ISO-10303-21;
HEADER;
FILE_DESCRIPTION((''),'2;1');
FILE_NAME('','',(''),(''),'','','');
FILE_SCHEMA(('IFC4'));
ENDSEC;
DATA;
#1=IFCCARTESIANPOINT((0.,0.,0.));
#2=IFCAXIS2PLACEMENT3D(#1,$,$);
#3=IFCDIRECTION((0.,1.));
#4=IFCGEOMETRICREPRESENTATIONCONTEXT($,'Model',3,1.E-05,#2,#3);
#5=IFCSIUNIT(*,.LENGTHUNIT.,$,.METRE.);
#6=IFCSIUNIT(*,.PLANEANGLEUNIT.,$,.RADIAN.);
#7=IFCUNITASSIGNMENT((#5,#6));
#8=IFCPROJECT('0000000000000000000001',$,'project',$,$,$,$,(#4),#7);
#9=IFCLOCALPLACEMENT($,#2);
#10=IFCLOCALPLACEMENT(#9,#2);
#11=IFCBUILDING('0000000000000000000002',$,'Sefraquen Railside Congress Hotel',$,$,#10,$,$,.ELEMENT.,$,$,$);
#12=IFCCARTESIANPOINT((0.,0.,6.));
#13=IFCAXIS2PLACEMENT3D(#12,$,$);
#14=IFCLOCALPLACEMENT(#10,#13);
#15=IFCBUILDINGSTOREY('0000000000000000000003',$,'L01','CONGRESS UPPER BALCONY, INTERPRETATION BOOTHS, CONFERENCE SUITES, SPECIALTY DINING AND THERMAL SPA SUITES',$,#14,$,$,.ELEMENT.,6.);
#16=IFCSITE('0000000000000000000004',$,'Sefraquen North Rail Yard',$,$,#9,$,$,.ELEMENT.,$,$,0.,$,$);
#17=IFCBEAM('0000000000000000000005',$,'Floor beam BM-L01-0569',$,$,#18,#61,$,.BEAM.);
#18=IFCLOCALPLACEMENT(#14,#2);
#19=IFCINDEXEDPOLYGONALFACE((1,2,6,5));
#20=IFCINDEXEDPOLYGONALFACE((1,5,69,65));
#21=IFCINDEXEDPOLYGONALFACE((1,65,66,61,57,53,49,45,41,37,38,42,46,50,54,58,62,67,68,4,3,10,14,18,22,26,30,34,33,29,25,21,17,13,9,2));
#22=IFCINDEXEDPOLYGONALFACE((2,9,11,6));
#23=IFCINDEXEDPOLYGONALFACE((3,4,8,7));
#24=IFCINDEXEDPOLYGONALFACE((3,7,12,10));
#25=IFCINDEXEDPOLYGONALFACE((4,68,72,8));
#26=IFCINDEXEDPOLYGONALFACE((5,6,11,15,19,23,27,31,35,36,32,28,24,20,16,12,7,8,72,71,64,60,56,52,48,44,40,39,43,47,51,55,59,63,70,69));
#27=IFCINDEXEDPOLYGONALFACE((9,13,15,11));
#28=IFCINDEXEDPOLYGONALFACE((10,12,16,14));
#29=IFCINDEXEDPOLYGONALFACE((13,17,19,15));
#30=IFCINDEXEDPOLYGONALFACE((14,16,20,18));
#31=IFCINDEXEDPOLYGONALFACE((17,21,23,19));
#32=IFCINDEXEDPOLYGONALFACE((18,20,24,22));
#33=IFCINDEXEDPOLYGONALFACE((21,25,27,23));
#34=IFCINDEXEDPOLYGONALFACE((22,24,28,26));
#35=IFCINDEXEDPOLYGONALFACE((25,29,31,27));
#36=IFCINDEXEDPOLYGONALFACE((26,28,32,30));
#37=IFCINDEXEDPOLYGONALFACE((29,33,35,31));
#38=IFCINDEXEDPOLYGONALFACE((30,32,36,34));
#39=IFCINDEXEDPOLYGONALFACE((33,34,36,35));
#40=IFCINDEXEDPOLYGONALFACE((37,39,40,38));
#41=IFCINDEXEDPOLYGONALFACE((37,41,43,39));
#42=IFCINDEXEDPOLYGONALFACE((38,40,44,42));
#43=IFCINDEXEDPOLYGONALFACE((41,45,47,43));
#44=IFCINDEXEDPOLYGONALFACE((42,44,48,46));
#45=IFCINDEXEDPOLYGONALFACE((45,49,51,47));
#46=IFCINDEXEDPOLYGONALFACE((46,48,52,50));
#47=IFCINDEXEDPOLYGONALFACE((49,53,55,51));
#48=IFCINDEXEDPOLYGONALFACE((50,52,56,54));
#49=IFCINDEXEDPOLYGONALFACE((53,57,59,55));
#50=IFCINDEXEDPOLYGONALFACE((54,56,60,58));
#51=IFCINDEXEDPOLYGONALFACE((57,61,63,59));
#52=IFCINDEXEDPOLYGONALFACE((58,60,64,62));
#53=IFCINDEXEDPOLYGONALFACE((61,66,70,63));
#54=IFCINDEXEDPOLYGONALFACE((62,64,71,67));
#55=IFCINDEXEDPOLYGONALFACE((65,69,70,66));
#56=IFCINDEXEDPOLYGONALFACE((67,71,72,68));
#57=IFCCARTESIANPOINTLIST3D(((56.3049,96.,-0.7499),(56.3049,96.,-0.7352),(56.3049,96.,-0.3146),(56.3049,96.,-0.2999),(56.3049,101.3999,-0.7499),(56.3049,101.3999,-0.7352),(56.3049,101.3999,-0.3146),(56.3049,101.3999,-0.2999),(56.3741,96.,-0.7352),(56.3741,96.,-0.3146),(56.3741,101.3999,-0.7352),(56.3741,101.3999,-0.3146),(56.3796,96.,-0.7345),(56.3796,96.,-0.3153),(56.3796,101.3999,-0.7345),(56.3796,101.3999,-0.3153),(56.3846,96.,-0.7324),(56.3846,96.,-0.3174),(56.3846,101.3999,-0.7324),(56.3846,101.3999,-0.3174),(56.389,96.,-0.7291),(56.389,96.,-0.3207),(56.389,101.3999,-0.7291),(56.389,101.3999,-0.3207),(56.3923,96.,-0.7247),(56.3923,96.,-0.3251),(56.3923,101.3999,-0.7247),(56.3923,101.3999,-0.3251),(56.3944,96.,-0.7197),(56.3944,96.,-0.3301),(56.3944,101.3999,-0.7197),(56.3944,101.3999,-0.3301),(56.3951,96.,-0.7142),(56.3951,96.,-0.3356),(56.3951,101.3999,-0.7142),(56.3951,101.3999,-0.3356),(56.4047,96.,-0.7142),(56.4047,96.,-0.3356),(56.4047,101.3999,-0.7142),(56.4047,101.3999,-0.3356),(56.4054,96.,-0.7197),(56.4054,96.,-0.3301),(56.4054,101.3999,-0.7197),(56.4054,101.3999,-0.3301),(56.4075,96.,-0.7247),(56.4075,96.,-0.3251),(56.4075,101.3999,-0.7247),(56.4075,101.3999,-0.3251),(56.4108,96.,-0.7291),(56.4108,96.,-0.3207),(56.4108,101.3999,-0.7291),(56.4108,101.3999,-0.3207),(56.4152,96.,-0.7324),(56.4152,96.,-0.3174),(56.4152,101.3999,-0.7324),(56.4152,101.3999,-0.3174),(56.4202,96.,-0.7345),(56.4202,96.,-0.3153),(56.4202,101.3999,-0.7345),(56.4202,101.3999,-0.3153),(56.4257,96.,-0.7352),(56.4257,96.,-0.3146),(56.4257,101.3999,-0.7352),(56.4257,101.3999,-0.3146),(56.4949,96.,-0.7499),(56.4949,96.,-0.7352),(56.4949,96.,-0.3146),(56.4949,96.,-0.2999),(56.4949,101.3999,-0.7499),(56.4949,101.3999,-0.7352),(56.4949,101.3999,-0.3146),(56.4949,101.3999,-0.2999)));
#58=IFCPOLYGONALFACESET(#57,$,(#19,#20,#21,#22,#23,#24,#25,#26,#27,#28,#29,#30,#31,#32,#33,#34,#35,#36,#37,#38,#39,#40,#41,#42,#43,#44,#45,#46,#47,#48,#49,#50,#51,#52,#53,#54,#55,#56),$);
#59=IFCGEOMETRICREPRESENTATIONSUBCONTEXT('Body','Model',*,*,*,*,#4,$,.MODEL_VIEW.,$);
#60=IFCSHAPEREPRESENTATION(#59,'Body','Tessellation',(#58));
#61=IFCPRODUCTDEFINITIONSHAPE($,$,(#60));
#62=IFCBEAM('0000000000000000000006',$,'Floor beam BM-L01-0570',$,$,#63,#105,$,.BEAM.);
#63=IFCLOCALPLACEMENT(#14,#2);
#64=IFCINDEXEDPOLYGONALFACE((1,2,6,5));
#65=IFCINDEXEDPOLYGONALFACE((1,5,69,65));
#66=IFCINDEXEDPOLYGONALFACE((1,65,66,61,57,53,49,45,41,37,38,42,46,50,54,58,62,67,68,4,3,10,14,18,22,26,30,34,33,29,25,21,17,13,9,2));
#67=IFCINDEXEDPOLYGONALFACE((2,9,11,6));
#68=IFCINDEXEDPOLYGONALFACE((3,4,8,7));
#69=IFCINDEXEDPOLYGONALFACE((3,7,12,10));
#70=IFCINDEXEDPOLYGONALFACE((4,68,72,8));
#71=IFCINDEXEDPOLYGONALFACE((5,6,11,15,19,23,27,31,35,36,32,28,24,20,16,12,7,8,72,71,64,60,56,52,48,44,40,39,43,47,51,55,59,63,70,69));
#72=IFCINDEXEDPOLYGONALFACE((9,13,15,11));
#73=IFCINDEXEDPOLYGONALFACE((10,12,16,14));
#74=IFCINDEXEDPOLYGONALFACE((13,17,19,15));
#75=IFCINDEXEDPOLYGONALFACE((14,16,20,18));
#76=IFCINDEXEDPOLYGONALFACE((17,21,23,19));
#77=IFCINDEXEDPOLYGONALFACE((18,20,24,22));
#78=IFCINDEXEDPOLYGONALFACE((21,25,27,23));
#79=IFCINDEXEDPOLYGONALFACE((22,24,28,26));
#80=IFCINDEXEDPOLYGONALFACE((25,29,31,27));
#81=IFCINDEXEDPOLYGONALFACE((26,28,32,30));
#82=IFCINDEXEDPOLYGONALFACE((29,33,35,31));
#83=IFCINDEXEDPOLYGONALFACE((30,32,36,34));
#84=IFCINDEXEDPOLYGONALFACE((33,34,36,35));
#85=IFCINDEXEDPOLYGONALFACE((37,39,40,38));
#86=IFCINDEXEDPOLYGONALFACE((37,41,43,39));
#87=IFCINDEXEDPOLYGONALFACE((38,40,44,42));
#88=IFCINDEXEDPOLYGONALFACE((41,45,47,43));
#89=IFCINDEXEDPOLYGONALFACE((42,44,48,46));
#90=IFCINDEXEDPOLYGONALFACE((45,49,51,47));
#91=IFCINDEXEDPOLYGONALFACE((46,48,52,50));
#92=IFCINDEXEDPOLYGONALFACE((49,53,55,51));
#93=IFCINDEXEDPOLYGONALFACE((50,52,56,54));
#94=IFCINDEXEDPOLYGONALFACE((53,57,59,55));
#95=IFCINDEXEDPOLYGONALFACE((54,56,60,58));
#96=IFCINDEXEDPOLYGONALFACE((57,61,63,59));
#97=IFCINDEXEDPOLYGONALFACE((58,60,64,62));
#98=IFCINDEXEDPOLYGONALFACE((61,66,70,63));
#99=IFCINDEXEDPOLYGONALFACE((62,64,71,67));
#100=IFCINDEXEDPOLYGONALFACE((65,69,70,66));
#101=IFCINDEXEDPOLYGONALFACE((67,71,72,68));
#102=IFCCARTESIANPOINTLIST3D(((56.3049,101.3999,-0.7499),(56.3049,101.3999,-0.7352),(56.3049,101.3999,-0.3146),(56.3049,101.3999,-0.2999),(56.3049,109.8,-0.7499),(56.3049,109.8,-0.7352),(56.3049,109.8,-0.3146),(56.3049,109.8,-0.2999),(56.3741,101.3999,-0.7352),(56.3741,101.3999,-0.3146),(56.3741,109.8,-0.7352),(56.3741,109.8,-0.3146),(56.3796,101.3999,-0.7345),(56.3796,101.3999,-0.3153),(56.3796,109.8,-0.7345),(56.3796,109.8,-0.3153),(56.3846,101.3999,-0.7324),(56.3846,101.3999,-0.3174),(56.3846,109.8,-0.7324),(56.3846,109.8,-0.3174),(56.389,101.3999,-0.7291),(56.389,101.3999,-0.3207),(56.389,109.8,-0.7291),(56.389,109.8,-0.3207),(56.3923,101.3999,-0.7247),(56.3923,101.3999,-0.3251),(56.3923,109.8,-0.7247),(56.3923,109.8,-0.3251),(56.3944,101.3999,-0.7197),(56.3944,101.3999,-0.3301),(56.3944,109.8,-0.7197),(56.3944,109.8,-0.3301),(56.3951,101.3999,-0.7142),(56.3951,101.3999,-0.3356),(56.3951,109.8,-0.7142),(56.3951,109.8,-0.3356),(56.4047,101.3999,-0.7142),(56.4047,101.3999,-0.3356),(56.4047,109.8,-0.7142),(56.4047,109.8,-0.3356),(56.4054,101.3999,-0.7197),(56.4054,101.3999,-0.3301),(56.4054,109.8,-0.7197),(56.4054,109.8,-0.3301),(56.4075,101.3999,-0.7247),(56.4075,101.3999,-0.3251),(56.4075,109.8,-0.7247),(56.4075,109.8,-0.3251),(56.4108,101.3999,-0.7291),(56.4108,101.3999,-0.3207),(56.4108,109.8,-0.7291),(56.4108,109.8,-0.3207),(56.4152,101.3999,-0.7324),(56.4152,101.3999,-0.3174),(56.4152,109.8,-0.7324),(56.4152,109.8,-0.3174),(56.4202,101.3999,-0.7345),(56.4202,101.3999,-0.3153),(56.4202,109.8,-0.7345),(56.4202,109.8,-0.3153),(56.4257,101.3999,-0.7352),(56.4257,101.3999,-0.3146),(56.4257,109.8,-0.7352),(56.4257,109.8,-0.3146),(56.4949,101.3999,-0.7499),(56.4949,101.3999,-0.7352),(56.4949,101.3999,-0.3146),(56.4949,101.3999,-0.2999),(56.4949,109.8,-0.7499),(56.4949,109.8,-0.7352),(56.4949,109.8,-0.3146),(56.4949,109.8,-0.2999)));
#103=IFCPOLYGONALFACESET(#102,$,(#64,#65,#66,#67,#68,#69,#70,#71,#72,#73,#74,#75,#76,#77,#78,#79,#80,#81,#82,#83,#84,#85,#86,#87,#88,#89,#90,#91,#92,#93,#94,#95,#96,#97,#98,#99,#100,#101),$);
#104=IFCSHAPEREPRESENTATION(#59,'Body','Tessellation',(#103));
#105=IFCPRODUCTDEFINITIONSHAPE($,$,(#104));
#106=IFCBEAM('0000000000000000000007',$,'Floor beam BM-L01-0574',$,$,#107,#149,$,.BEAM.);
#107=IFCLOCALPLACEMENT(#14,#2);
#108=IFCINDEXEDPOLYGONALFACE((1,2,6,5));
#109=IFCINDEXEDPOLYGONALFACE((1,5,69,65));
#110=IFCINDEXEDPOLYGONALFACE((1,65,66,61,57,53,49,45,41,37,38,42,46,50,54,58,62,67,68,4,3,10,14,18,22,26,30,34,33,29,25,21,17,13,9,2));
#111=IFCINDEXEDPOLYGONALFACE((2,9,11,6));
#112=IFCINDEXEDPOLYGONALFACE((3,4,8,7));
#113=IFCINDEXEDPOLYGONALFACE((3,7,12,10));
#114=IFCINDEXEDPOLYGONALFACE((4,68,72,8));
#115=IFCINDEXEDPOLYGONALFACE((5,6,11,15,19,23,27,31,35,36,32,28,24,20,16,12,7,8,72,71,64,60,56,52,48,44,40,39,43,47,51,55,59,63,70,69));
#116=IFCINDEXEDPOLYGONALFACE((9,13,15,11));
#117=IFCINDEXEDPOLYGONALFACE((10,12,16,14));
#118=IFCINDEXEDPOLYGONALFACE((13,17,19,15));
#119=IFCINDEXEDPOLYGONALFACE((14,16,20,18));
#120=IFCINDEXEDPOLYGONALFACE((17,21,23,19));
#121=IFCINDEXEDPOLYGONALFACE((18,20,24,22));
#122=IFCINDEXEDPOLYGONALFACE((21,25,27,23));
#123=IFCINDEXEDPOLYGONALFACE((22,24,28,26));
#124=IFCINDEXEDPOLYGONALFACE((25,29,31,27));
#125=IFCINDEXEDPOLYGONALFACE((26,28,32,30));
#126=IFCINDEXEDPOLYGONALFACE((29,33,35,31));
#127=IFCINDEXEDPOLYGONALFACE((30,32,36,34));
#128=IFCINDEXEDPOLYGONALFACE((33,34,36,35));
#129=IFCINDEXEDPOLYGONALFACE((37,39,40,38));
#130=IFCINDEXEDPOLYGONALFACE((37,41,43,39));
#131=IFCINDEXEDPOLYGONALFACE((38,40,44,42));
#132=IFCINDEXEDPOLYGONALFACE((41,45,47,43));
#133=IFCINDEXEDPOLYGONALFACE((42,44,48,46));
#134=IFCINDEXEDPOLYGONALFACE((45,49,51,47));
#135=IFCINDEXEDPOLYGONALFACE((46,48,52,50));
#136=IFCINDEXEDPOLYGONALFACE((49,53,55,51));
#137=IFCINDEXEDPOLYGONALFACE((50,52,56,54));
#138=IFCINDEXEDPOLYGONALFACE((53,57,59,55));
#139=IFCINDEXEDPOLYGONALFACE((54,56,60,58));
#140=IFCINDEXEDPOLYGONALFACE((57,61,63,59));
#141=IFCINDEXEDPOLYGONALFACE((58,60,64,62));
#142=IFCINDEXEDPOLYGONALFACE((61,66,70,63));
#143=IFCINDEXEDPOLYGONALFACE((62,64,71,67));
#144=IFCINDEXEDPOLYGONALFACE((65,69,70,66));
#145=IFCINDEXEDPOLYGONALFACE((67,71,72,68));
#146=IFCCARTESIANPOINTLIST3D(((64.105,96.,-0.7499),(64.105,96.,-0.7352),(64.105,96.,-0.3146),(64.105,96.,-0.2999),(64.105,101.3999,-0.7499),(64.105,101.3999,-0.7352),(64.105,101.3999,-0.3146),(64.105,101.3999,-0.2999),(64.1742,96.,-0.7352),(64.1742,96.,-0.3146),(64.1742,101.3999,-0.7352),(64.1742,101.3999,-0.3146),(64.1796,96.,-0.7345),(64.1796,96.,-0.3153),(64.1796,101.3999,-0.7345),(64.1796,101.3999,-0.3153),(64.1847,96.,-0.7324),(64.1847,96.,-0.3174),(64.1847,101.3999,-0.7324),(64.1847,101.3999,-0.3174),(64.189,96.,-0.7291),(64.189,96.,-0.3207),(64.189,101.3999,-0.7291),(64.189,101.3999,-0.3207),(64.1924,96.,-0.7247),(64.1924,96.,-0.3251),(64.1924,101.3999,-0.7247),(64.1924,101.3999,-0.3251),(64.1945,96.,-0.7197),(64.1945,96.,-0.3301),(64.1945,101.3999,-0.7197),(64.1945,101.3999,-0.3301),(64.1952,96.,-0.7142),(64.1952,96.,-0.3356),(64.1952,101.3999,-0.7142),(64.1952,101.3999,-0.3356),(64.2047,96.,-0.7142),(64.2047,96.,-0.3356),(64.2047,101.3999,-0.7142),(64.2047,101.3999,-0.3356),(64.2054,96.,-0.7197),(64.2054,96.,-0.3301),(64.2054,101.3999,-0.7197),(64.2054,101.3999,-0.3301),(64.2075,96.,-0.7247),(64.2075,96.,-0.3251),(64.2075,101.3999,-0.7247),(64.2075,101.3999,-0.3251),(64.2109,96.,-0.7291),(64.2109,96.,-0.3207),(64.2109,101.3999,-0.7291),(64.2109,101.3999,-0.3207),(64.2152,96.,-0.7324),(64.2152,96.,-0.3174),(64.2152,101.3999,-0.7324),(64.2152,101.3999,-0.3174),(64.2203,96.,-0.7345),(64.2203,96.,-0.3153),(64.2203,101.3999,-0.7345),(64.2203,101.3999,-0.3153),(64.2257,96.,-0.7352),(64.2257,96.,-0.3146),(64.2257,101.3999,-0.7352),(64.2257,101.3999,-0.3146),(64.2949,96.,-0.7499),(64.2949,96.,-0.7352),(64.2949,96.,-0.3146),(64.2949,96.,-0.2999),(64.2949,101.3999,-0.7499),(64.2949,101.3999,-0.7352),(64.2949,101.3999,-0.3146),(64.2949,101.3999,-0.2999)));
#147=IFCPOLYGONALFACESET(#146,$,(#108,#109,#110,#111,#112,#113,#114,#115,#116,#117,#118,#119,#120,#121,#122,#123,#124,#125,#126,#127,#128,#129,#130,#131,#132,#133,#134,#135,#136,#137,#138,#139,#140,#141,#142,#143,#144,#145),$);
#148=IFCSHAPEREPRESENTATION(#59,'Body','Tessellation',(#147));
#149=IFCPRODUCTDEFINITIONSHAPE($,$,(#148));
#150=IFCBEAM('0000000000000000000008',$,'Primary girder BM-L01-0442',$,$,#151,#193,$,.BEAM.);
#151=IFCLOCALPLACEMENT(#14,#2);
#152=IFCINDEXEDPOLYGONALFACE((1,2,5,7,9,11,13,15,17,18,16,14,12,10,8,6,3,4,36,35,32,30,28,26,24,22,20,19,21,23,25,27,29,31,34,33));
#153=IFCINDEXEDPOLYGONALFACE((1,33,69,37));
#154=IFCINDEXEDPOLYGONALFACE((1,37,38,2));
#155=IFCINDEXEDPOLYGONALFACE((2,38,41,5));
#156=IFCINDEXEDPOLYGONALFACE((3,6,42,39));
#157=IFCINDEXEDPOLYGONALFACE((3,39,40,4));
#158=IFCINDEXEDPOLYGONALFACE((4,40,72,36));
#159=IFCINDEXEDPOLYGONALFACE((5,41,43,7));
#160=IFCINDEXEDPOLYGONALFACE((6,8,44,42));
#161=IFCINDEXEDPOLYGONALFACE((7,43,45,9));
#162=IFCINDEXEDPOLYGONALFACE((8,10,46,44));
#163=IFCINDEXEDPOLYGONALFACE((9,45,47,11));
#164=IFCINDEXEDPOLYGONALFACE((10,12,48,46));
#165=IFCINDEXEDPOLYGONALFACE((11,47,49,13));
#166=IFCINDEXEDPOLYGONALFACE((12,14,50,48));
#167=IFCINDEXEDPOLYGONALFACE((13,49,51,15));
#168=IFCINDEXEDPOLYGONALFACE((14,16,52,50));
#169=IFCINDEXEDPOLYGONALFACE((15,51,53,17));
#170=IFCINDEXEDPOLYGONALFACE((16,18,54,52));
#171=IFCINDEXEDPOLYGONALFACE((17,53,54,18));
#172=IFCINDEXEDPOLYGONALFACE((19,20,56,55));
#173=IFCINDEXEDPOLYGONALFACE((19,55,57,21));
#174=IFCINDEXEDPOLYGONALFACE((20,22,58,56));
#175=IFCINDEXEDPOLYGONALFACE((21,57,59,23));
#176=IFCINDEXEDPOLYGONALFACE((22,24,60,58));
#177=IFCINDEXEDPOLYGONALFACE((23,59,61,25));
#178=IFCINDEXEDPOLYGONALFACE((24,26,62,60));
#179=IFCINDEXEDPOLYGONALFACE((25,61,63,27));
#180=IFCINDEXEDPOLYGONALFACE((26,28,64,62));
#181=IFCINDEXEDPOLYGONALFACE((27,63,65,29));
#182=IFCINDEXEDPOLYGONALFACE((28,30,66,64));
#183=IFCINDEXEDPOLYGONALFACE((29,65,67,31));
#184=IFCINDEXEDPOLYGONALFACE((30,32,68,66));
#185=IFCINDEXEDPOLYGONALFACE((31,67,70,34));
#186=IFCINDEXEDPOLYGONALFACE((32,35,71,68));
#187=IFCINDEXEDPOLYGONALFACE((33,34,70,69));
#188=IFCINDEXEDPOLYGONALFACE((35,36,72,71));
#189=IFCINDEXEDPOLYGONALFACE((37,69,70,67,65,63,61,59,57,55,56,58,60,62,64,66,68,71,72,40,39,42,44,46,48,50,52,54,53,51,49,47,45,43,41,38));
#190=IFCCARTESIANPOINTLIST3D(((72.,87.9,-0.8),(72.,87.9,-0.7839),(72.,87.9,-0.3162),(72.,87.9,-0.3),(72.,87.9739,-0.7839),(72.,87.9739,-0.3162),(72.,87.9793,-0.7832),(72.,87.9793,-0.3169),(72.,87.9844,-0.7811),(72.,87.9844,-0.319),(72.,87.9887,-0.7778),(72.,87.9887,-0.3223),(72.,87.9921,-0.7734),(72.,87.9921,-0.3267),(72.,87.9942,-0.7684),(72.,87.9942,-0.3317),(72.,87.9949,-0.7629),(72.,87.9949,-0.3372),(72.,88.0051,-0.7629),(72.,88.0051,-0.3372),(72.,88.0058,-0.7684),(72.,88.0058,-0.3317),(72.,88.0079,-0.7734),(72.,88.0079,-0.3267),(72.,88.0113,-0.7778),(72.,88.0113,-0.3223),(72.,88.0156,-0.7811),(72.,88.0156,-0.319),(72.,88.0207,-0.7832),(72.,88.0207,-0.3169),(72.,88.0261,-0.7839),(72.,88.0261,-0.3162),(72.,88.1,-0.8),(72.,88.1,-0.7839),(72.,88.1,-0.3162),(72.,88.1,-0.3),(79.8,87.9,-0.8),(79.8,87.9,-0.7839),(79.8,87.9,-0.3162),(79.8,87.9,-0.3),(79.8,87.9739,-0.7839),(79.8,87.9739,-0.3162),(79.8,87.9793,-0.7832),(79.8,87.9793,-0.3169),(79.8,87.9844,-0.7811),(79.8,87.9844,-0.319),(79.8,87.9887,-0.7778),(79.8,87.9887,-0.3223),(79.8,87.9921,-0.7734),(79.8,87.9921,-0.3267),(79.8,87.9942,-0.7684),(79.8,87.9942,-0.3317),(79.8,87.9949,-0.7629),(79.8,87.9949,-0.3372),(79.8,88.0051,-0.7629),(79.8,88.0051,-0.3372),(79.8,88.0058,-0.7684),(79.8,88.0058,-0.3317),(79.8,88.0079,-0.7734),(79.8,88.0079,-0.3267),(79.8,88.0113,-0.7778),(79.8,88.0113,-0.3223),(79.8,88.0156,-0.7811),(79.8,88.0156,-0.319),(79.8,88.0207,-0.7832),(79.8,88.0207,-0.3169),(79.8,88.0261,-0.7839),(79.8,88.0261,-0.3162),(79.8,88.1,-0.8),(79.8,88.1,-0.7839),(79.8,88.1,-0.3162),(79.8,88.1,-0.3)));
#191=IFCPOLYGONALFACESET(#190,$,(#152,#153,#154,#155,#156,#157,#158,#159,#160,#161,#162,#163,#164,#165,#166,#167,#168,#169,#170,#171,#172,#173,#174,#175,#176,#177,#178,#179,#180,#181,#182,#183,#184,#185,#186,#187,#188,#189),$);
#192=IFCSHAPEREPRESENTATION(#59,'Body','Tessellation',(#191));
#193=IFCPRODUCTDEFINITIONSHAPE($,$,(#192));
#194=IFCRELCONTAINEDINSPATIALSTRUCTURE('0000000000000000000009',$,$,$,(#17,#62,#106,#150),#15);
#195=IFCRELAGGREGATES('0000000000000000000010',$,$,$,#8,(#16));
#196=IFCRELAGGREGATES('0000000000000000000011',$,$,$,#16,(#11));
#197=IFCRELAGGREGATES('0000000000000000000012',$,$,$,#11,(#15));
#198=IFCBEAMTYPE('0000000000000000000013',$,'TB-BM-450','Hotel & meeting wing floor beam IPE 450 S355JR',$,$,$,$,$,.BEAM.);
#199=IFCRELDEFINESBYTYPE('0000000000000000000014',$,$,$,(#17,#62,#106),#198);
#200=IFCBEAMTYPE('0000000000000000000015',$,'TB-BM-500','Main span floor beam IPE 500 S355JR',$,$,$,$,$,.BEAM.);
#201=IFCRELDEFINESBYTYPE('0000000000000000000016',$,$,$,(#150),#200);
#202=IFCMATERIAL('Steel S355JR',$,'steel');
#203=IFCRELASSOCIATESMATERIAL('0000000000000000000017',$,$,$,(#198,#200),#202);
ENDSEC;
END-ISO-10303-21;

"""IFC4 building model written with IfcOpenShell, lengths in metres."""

from ifc_helpers import new_model, si_unit, direction, frame, origin, origin_2d, place, context, subcontext, project, spatial, i_section, extrude, material, material_profile, profile_set, type_object, element, save


model = new_model("IFC4")

# Units and contexts
model_context = context("Model", 3, precision=1e-05, world=origin(), true_north=direction((0.0, 1.0)))
body_context = subcontext(model_context, "Body", "Model", "MODEL_VIEW")
ifc_project = project(units=[si_unit("LENGTHUNIT", "METRE"), si_unit("PLANEANGLEUNIT", "RADIAN")], contexts=[model_context])

# Site, building, storey
site_placement = place(None, origin())
site = spatial("IfcSite", under=ifc_project, at=site_placement, Name="Sefraquen North Rail Yard", CompositionType="ELEMENT", RefElevation=0.0)
building_placement = place(site_placement, origin())
building = spatial("IfcBuilding", under=site, at=building_placement, Name="Sefraquen Railside Congress Hotel", CompositionType="ELEMENT")
storey_placement = place(building_placement, frame((0.0, 0.0, 6.0)))
storey = spatial("IfcBuildingStorey", under=building, at=storey_placement, Name="L01", Description="CONGRESS UPPER BALCONY, INTERPRETATION BOOTHS, CONFERENCE SUITES, SPECIALTY DINING AND THERMAL SPA SUITES", CompositionType="ELEMENT", Elevation=6.0)

# Shared definitions
ifc_material_1 = material(Name="Steel S355JR", Category="steel")

# Beams
ifc_material_profile_1 = material_profile(ifc_material_1, i_section(OverallWidth=0.1899, OverallDepth=0.45, WebThickness=0.0095, FlangeThickness=0.0146, FilletRadius=0.021, at=origin_2d()), Name="IPE 450")
ifc_profile_set_1 = profile_set([ifc_material_profile_1], Name="Steel S355JR")
beam_type_1 = type_object("IfcBeamType", Name="TB-BM-450", Description="Hotel & meeting wing floor beam IPE 450 S355JR", PredefinedType="BEAM", material=ifc_profile_set_1)
beam_1_placement = place(storey_placement, frame((56.3999, 96.0, -0.5249), z_axis=(0.0, 1.0, 0.0), x_axis=(-1.0, 0.0, 0.0)))
element("IfcBeam", 1, at=beam_1_placement, inside=storey, type_object=beam_type_1, Name="Floor beam BM-L01-0569", PredefinedType="BEAM", context=body_context, shape_type="SweptSolid", body=[
    extrude(i_section(OverallWidth=0.1899, OverallDepth=0.45, WebThickness=0.0095, FlangeThickness=0.0146, FilletRadius=0.021, at=origin_2d()), origin(), (0.0, 0.0, 1.0), 5.3999),
])
beam_2_placement = place(storey_placement, frame((56.3999, 101.3999, -0.5249), z_axis=(0.0, 1.0, 0.0), x_axis=(-1.0, 0.0, 0.0)))
element("IfcBeam", 2, at=beam_2_placement, inside=storey, type_object=beam_type_1, Name="Floor beam BM-L01-0570", PredefinedType="BEAM", context=body_context, shape_type="SweptSolid", body=[
    extrude(i_section(OverallWidth=0.1899, OverallDepth=0.45, WebThickness=0.0095, FlangeThickness=0.0146, FilletRadius=0.021, at=origin_2d()), origin(), (0.0, 0.0, 1.0), 8.4001),
])
beam_3_placement = place(storey_placement, frame((64.2, 96.0, -0.5249), z_axis=(0.0, 1.0, 0.0), x_axis=(-1.0, 0.0, 0.0)))
element("IfcBeam", 3, at=beam_3_placement, inside=storey, type_object=beam_type_1, Name="Floor beam BM-L01-0574", PredefinedType="BEAM", context=body_context, shape_type="SweptSolid", body=[
    extrude(i_section(OverallWidth=0.1899, OverallDepth=0.45, WebThickness=0.0095, FlangeThickness=0.0146, FilletRadius=0.021, at=origin_2d()), origin(), (0.0, 0.0, 1.0), 5.3999),
])
ifc_material_profile_2 = material_profile(ifc_material_1, i_section(OverallWidth=0.2, OverallDepth=0.5, WebThickness=0.0103, FlangeThickness=0.0161, FilletRadius=0.021, at=origin_2d()), Name="IPE 500")
ifc_profile_set_2 = profile_set([ifc_material_profile_2], Name="Steel S355JR")
beam_type_2 = type_object("IfcBeamType", Name="TB-BM-500", Description="Main span floor beam IPE 500 S355JR", PredefinedType="BEAM", material=ifc_profile_set_2)
for number, where, z_axis, x_axis, name in (
    (4, (72.0, 88.0, -0.55), (1.0, 0.0, 0.0), (0.0, 1.0, 0.0), "Primary girder BM-L01-0442"),
):
    element("IfcBeam", number, at=place(storey_placement, frame(where, z_axis=z_axis, x_axis=x_axis)), inside=storey, type_object=beam_type_2, Name=name, PredefinedType="BEAM", context=body_context, shape_type="SweptSolid", body=[
        extrude(i_section(OverallWidth=0.2, OverallDepth=0.5, WebThickness=0.0103, FlangeThickness=0.0161, FilletRadius=0.021, at=origin_2d()), origin(), (0.0, 0.0, 1.0), 7.8),
    ])

save(model, "model.ifc")
